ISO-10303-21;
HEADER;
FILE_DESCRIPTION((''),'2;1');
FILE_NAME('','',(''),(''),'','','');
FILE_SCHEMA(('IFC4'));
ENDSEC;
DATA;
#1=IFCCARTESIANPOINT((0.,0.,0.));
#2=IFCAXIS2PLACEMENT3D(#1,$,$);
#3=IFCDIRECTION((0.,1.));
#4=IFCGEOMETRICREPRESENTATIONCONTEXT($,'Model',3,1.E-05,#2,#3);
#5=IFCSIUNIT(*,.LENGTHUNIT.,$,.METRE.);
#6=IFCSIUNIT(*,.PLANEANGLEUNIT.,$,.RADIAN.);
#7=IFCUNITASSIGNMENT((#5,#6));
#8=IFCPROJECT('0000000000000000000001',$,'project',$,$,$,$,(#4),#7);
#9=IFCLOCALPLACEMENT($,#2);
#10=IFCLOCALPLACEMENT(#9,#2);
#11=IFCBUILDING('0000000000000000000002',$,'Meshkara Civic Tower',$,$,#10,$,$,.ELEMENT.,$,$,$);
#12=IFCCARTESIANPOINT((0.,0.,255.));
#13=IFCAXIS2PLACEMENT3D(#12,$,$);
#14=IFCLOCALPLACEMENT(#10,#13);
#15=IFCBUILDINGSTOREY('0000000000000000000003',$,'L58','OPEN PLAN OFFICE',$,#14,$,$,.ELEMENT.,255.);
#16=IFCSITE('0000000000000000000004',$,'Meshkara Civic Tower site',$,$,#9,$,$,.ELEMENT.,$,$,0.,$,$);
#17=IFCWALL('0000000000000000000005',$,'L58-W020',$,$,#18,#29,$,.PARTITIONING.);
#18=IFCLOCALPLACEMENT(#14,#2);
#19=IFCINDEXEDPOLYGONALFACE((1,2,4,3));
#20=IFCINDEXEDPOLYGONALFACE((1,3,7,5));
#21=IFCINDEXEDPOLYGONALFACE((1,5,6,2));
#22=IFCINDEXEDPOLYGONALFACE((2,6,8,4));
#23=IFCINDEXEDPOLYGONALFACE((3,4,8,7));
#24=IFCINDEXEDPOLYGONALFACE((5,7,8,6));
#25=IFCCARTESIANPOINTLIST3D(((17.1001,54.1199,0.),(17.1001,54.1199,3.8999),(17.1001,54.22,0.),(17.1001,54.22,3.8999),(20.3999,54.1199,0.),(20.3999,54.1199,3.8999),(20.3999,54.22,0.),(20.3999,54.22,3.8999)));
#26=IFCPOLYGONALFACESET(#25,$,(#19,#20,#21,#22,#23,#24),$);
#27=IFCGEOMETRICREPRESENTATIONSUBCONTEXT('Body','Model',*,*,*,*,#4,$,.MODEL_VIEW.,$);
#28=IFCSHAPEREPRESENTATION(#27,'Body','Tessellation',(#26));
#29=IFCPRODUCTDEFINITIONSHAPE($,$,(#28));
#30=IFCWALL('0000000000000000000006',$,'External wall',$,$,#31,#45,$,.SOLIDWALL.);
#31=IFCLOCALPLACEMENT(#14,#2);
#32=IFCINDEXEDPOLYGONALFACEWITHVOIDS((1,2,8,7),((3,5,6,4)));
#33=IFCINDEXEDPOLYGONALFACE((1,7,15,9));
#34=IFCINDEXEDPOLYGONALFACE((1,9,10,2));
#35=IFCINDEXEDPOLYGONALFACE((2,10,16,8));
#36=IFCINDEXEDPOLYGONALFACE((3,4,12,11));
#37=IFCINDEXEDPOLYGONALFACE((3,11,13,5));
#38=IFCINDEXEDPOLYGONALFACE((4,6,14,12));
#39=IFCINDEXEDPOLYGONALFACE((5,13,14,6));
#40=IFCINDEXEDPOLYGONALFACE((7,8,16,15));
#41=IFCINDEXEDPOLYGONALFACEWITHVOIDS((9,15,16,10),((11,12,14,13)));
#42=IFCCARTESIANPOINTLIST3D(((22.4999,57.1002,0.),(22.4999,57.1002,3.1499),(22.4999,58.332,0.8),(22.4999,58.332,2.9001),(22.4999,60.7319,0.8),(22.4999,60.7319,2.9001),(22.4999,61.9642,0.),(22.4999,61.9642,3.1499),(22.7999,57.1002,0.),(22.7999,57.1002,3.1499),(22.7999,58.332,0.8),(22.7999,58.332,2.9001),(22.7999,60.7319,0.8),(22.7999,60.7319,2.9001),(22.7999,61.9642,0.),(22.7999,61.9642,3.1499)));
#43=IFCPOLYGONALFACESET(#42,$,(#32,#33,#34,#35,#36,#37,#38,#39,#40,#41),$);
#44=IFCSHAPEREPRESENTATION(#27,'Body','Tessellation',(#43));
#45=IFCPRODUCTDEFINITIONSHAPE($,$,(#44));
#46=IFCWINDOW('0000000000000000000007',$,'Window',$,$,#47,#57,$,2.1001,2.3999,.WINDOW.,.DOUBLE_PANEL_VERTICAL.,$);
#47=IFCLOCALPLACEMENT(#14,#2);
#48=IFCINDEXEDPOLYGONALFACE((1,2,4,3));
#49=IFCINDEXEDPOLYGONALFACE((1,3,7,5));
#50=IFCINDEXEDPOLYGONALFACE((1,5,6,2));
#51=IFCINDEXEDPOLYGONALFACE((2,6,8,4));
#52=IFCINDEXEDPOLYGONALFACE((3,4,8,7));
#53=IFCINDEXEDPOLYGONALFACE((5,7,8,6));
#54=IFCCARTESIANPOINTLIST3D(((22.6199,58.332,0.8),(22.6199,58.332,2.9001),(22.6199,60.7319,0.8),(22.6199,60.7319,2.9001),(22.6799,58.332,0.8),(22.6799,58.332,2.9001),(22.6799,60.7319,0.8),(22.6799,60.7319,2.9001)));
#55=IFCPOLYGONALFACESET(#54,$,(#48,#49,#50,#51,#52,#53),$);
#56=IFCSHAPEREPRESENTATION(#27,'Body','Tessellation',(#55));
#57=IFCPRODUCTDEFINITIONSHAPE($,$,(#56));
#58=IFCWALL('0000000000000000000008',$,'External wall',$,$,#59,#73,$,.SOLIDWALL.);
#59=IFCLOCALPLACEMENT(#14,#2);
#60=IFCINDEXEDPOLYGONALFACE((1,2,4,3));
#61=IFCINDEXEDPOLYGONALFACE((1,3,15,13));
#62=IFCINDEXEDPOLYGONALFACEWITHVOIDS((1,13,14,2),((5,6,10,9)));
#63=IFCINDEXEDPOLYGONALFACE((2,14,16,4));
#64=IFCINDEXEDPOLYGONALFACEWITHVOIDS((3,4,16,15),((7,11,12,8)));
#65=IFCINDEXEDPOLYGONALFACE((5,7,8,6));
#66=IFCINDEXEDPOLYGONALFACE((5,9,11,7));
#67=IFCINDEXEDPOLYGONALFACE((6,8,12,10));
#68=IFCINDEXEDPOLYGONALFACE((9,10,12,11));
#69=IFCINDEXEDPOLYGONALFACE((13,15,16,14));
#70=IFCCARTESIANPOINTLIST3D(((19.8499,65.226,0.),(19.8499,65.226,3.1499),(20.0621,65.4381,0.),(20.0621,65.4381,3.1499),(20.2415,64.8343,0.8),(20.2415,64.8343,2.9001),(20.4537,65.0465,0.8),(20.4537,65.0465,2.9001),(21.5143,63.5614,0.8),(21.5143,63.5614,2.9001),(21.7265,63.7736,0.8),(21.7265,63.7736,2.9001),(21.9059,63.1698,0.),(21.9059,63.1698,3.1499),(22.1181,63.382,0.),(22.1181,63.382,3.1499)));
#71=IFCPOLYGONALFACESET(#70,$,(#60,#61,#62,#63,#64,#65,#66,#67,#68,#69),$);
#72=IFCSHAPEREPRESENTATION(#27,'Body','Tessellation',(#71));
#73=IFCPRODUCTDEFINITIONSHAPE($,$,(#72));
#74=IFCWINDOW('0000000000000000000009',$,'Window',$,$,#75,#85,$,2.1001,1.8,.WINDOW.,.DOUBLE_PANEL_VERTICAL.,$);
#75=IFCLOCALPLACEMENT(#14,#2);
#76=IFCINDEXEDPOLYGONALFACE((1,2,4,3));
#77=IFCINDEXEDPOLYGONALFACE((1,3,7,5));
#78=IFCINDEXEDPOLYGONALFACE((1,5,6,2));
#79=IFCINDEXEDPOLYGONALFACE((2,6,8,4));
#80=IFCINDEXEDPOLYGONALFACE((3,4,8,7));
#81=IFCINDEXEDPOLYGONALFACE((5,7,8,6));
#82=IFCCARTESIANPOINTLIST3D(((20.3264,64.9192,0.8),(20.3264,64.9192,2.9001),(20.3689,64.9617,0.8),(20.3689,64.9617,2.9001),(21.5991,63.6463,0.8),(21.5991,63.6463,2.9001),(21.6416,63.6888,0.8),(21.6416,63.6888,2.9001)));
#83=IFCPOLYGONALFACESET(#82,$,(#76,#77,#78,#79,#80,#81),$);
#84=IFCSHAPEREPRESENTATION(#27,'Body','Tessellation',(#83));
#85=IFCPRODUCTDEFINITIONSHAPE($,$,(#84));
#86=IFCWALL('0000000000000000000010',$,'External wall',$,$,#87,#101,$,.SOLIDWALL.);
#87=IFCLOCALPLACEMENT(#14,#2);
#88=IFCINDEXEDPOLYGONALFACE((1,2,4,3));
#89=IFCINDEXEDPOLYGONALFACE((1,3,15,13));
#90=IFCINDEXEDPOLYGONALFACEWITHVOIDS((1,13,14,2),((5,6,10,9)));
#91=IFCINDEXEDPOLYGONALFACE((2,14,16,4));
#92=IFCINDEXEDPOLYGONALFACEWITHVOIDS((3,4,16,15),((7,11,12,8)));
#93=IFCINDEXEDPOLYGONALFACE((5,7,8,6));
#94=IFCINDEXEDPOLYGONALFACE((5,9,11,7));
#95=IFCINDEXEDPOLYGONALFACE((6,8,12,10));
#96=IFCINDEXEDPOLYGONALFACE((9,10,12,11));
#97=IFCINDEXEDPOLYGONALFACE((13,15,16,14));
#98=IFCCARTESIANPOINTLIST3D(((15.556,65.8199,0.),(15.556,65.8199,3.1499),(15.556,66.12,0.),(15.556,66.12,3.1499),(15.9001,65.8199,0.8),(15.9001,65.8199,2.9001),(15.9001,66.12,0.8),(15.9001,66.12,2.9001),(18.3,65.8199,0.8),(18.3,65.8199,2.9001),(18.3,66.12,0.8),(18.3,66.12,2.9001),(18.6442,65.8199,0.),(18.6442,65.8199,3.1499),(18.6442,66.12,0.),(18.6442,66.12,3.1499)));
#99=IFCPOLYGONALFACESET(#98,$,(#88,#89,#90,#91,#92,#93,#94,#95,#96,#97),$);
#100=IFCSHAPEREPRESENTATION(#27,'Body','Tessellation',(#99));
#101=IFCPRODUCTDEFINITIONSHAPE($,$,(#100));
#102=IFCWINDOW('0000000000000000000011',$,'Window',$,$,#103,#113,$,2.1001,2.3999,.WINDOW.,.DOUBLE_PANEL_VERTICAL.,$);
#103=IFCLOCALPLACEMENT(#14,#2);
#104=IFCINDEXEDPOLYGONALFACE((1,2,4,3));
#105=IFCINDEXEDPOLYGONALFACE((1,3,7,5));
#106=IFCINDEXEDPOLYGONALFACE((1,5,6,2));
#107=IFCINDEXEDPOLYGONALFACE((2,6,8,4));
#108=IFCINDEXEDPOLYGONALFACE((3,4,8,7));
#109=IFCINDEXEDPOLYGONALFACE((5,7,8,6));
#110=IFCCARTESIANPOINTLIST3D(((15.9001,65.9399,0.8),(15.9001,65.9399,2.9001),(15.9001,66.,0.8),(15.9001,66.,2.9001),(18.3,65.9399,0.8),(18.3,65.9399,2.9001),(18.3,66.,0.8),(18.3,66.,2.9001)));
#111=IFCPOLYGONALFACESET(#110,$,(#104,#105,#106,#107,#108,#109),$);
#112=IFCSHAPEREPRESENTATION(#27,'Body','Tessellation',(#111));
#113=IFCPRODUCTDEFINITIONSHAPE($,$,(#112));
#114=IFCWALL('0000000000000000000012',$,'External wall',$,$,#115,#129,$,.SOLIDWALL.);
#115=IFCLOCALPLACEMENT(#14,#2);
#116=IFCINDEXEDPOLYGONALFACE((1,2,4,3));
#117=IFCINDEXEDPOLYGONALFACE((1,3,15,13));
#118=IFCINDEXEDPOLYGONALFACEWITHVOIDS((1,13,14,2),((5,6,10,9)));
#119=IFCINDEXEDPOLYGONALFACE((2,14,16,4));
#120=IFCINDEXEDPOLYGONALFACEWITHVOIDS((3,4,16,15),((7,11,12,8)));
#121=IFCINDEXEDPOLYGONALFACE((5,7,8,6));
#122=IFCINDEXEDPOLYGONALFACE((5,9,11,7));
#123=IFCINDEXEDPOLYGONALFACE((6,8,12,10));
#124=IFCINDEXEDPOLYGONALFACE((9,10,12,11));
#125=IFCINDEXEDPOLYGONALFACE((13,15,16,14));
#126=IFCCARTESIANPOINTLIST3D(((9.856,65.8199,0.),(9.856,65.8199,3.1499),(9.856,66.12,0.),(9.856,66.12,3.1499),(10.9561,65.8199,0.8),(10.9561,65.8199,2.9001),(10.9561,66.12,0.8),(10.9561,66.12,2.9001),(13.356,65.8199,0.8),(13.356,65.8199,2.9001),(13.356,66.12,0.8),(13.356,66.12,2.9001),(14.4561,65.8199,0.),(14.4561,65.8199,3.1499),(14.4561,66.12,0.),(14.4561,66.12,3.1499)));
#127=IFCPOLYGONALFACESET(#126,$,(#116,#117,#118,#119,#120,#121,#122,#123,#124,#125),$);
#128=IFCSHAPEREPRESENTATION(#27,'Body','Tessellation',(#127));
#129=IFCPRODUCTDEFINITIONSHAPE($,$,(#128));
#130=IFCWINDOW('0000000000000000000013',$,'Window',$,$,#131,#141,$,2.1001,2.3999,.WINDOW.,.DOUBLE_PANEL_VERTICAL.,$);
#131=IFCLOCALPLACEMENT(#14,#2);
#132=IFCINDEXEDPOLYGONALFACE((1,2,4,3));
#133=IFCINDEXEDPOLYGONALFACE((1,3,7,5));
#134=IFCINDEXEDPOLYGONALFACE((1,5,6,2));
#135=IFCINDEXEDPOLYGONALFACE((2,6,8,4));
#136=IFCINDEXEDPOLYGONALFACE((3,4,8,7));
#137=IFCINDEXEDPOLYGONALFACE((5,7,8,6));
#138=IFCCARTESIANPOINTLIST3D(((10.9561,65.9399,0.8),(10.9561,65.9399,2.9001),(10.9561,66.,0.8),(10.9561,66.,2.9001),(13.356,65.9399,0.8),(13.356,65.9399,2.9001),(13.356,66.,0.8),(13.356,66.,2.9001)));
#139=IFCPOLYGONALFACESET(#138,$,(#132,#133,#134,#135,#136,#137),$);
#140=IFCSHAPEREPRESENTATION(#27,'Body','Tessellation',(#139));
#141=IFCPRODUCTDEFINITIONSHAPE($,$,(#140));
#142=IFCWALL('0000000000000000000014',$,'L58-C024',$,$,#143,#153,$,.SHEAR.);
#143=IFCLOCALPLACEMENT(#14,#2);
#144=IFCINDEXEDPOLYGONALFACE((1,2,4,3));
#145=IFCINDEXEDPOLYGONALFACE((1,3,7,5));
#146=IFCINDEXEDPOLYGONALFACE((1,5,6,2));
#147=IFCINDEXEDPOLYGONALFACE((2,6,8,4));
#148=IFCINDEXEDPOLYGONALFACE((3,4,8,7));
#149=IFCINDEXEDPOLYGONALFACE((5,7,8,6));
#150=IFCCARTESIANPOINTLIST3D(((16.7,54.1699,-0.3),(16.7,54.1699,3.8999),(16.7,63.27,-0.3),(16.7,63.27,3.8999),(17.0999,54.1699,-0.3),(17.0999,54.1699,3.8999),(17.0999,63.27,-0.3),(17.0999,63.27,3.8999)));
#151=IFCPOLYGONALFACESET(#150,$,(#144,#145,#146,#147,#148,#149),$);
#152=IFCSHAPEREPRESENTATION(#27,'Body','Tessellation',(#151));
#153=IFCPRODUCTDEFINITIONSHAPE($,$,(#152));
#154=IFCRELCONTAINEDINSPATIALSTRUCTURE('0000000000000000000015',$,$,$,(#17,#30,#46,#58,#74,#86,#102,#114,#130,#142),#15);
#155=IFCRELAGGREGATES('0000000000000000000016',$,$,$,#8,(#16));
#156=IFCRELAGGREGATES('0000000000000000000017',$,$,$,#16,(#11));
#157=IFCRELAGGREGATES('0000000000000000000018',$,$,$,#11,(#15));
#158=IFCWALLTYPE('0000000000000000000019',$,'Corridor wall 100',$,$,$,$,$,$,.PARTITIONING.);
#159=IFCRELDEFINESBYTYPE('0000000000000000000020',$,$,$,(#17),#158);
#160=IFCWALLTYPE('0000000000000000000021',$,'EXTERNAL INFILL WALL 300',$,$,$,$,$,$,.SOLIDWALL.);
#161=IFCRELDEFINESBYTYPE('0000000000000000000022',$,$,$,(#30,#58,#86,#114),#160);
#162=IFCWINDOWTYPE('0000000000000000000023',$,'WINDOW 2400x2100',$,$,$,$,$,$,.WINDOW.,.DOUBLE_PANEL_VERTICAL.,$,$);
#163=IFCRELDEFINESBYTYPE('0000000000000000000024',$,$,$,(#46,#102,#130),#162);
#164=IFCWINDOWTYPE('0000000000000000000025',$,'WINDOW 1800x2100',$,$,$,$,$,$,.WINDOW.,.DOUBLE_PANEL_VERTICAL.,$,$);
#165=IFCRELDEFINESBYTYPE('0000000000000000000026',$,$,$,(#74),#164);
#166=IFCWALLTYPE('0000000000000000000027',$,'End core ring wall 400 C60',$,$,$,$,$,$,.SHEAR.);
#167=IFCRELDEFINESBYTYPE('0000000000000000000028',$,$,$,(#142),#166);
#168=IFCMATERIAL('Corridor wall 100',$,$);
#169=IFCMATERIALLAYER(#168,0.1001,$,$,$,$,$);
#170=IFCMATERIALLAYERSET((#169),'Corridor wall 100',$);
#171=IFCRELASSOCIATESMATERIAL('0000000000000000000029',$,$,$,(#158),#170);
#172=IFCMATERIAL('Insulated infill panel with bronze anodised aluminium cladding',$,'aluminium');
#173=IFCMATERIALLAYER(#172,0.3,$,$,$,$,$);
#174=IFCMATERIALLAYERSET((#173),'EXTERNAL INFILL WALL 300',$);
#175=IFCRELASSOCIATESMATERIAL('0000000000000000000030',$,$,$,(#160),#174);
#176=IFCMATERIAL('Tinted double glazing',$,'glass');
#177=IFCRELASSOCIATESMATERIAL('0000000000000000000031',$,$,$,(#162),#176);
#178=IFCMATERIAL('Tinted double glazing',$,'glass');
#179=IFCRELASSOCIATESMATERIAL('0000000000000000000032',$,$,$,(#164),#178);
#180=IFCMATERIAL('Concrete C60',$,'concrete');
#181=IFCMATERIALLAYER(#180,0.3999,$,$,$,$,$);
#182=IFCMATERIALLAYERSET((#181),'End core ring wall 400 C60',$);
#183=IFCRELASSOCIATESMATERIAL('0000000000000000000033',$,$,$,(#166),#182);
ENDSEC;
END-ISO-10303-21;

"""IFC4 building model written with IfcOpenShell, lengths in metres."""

from ifc_helpers import new_model, si_unit, direction, frame, frame_2d, origin, place, context, subcontext, project, spatial, rectangle, extrude, material, layer, layer_set, type_object, element, fill, save


model = new_model("IFC4")

# Units and contexts
model_context = context("Model", 3, precision=1e-05, world=origin(), true_north=direction((0.0, 1.0)))
body_context = subcontext(model_context, "Body", "Model", "MODEL_VIEW")
ifc_project = project(units=[si_unit("LENGTHUNIT", "METRE"), si_unit("PLANEANGLEUNIT", "RADIAN")], contexts=[model_context])

# Site, building, storey
site_placement = place(None, origin())
site = spatial("IfcSite", under=ifc_project, at=site_placement, Name="Meshkara Civic Tower site", CompositionType="ELEMENT", RefElevation=0.0)
building_placement = place(site_placement, origin())
building = spatial("IfcBuilding", under=site, at=building_placement, Name="Meshkara Civic Tower", CompositionType="ELEMENT")
storey_placement = place(building_placement, frame((0.0, 0.0, 255.0)))
storey = spatial("IfcBuildingStorey", under=building, at=storey_placement, Name="L58", Description="OPEN PLAN OFFICE", CompositionType="ELEMENT", Elevation=255.0)

# Shared definitions
ifc_material_1 = material(Name="Corridor wall 100")
ifc_layer_1 = layer(ifc_material_1, 0.1001)
ifc_layer_set_1 = layer_set([ifc_layer_1], Name="Corridor wall 100")
wall_type_1 = type_object("IfcWallType", Name="Corridor wall 100", PredefinedType="PARTITIONING", material=ifc_layer_set_1)

# Wall
wall_1_placement = place(storey_placement, frame((20.3999, 54.1699, 0.0), z_axis=(0.0, 0.0, 1.0), x_axis=(-1.0, 0.0, 0.0)))
element("IfcWall", 1, at=wall_1_placement, inside=storey, type_object=wall_type_1, Name="L58-W020", PredefinedType="PARTITIONING", context=body_context, shape_type="SweptSolid", body=[
    extrude(rectangle(XDim=3.2998, YDim=0.1001, at=frame_2d((1.6499, 0.0))), origin(), (0.0, 0.0, 1.0), 3.8999),
])

# Walls, openings, windows
ifc_material_2 = material(Name="Insulated infill panel with bronze anodised aluminium cladding", Category="aluminium")
ifc_layer_2 = layer(ifc_material_2, 0.3)
ifc_layer_set_2 = layer_set([ifc_layer_2], Name="EXTERNAL INFILL WALL 300")
wall_type_2 = type_object("IfcWallType", Name="EXTERNAL INFILL WALL 300", PredefinedType="SOLIDWALL", material=ifc_layer_set_2)
wall_2_placement = place(storey_placement, frame((22.6499, 57.1001, 0.0), z_axis=(0.0, 0.0, 1.0), x_axis=(0.0, 1.0, 0.0)))
wall_2 = element("IfcWall", 2, at=wall_2_placement, inside=storey, type_object=wall_type_2, Name="External wall", PredefinedType="SOLIDWALL", context=body_context, shape_type="SweptSolid", body=[
    extrude(rectangle(XDim=4.864, YDim=0.3, at=frame_2d((2.4321, 0.0))), origin(), (0.0, 0.0, 1.0), 3.1499),
])
opening_1_placement = place(wall_2_placement, frame((1.2319, 0.0, 0.8)))
opening_1 = element("IfcOpeningElement", 3, at=opening_1_placement, cuts=wall_2, PredefinedType="OPENING", context=body_context, shape_type="SweptSolid", body=[
    extrude(rectangle(XDim=2.3999, YDim=2.1001, at=frame_2d((1.2, 1.05))), frame((0.0, 0.1599, 0.0), z_axis=(0.0, -1.0, 0.0), x_axis=(1.0, 0.0, 0.0)), (0.0, 0.0, 1.0), 0.3201),
])
ifc_material_3 = material(Name="Tinted double glazing", Category="glass")
window_type_1 = type_object("IfcWindowType", Name="WINDOW 2400x2100", PartitioningType="DOUBLE_PANEL_VERTICAL", PredefinedType="WINDOW", material=ifc_material_3)
window_1_placement = place(opening_1_placement, origin())
window_1 = element("IfcWindow", 4, at=window_1_placement, inside=storey, type_object=window_type_1, Name="Window", OverallHeight=2.1001, OverallWidth=2.3999, PartitioningType="DOUBLE_PANEL_VERTICAL", PredefinedType="WINDOW", context=body_context, shape_type="SweptSolid", body=[
    extrude(rectangle(XDim=2.3999, YDim=2.1001, at=frame_2d((1.2, 1.05))), frame((0.0, 0.03, 0.0), z_axis=(0.0, -1.0, 0.0), x_axis=(1.0, 0.0, 0.0)), (0.0, 0.0, 1.0), 0.0601),
])
fill(opening_1, window_1)
wall_3_placement = place(storey_placement, frame((22.012, 63.2759, 0.0), z_axis=(0.0, 0.0, 1.0), x_axis=(-0.707065, 0.707149, 0.0)))
wall_3 = element("IfcWall", 5, at=wall_3_placement, inside=storey, type_object=wall_type_2, Name="External wall", PredefinedType="SOLIDWALL", context=body_context, shape_type="SweptSolid", body=[
    extrude(rectangle(XDim=2.9077, YDim=0.3, at=frame_2d((1.4539, 0.0))), origin(), (0.0, 0.0, 1.0), 3.1499),
])
opening_2_placement = place(wall_3_placement, frame((0.554, 0.0, 0.8)))
opening_2 = element("IfcOpeningElement", 6, at=opening_2_placement, cuts=wall_3, PredefinedType="OPENING", context=body_context, shape_type="SweptSolid", body=[
    extrude(rectangle(XDim=1.8, YDim=2.1001, at=frame_2d((0.8999, 1.05))), frame((0.0, 0.1599, 0.0), z_axis=(0.0, -1.0, 0.0), x_axis=(1.0, 0.0, 0.0)), (0.0, 0.0, 1.0), 0.3201),
])
ifc_material_4 = material(Name="Tinted double glazing", Category="glass")
window_type_2 = type_object("IfcWindowType", Name="WINDOW 1800x2100", PartitioningType="DOUBLE_PANEL_VERTICAL", PredefinedType="WINDOW", material=ifc_material_4)
window_2_placement = place(opening_2_placement, origin())
window_2 = element("IfcWindow", 7, at=window_2_placement, inside=storey, type_object=window_type_2, Name="Window", OverallHeight=2.1001, OverallWidth=1.8, PartitioningType="DOUBLE_PANEL_VERTICAL", PredefinedType="WINDOW", context=body_context, shape_type="SweptSolid", body=[
    extrude(rectangle(XDim=1.8, YDim=2.1001, at=frame_2d((0.8999, 1.05))), frame((0.0, 0.03, 0.0), z_axis=(0.0, -1.0, 0.0), x_axis=(1.0, 0.0, 0.0)), (0.0, 0.0, 1.0), 0.0601),
])
fill(opening_2, window_2)
wall_4_placement = place(storey_placement, frame((18.644, 65.97, 0.0), z_axis=(0.0, 0.0, 1.0), x_axis=(-1.0, 0.0, 0.0)))
wall_4 = element("IfcWall", 8, at=wall_4_placement, inside=storey, type_object=wall_type_2, Name="External wall", PredefinedType="SOLIDWALL", context=body_context, shape_type="SweptSolid", body=[
    extrude(rectangle(XDim=3.0881, YDim=0.3, at=frame_2d((1.5439, 0.0))), origin(), (0.0, 0.0, 1.0), 3.1499),
])
opening_3_placement = place(wall_4_placement, frame((0.344, 0.0, 0.8)))
opening_3 = element("IfcOpeningElement", 9, at=opening_3_placement, cuts=wall_4, PredefinedType="OPENING", context=body_context, shape_type="SweptSolid", body=[
    extrude(rectangle(XDim=2.3999, YDim=2.1001, at=frame_2d((1.2, 1.05))), frame((0.0, 0.1599, 0.0), z_axis=(0.0, -1.0, 0.0), x_axis=(1.0, 0.0, 0.0)), (0.0, 0.0, 1.0), 0.3201),
])
window_3_placement = place(opening_3_placement, origin())
window_3 = element("IfcWindow", 10, at=window_3_placement, inside=storey, type_object=window_type_1, Name="Window", OverallHeight=2.1001, OverallWidth=2.3999, PartitioningType="DOUBLE_PANEL_VERTICAL", PredefinedType="WINDOW", context=body_context, shape_type="SweptSolid", body=[
    extrude(rectangle(XDim=2.3999, YDim=2.1001, at=frame_2d((1.2, 1.05))), frame((0.0, 0.03, 0.0), z_axis=(0.0, -1.0, 0.0), x_axis=(1.0, 0.0, 0.0)), (0.0, 0.0, 1.0), 0.0601),
])
fill(opening_3, window_3)
wall_5_placement = place(storey_placement, frame((14.4561, 65.97, 0.0), z_axis=(0.0, 0.0, 1.0), x_axis=(-1.0, 0.0, 0.0)))
wall_5 = element("IfcWall", 11, at=wall_5_placement, inside=storey, type_object=wall_type_2, Name="External wall", PredefinedType="SOLIDWALL", context=body_context, shape_type="SweptSolid", body=[
    extrude(rectangle(XDim=4.6001, YDim=0.3, at=frame_2d((2.3, 0.0))), origin(), (0.0, 0.0, 1.0), 3.1499),
])
opening_4_placement = place(wall_5_placement, frame((1.1001, 0.0, 0.8)))
opening_4 = element("IfcOpeningElement", 12, at=opening_4_placement, cuts=wall_5, PredefinedType="OPENING", context=body_context, shape_type="SweptSolid", body=[
    extrude(rectangle(XDim=2.3999, YDim=2.1001, at=frame_2d((1.2, 1.05))), frame((0.0, 0.1599, 0.0), z_axis=(0.0, -1.0, 0.0), x_axis=(1.0, 0.0, 0.0)), (0.0, 0.0, 1.0), 0.3201),
])
window_4_placement = place(opening_4_placement, origin())
window_4 = element("IfcWindow", 13, at=window_4_placement, inside=storey, type_object=window_type_1, Name="Window", OverallHeight=2.1001, OverallWidth=2.3999, PartitioningType="DOUBLE_PANEL_VERTICAL", PredefinedType="WINDOW", context=body_context, shape_type="SweptSolid", body=[
    extrude(rectangle(XDim=2.3999, YDim=2.1001, at=frame_2d((1.2, 1.05))), frame((0.0, 0.03, 0.0), z_axis=(0.0, -1.0, 0.0), x_axis=(1.0, 0.0, 0.0)), (0.0, 0.0, 1.0), 0.0601),
])
fill(opening_4, window_4)

# Wall
ifc_material_5 = material(Name="Concrete C60", Category="concrete")
ifc_layer_3 = layer(ifc_material_5, 0.3999)
ifc_layer_set_3 = layer_set([ifc_layer_3], Name="End core ring wall 400 C60")
wall_type_3 = type_object("IfcWallType", Name="End core ring wall 400 C60", PredefinedType="SHEAR", material=ifc_layer_set_3)
wall_6_placement = place(storey_placement, frame((16.8999, 54.1699, -0.3), z_axis=(0.0, 0.0, 1.0), x_axis=(0.0, 1.0, 0.0)))
element("IfcWall", 14, at=wall_6_placement, inside=storey, type_object=wall_type_3, Name="L58-C024", PredefinedType="SHEAR", context=body_context, shape_type="SweptSolid", body=[
    extrude(rectangle(XDim=9.1001, YDim=0.3999, at=frame_2d((4.55, 0.0))), origin(), (0.0, 0.0, 1.0), 4.2),
])

save(model, "model.ifc")
